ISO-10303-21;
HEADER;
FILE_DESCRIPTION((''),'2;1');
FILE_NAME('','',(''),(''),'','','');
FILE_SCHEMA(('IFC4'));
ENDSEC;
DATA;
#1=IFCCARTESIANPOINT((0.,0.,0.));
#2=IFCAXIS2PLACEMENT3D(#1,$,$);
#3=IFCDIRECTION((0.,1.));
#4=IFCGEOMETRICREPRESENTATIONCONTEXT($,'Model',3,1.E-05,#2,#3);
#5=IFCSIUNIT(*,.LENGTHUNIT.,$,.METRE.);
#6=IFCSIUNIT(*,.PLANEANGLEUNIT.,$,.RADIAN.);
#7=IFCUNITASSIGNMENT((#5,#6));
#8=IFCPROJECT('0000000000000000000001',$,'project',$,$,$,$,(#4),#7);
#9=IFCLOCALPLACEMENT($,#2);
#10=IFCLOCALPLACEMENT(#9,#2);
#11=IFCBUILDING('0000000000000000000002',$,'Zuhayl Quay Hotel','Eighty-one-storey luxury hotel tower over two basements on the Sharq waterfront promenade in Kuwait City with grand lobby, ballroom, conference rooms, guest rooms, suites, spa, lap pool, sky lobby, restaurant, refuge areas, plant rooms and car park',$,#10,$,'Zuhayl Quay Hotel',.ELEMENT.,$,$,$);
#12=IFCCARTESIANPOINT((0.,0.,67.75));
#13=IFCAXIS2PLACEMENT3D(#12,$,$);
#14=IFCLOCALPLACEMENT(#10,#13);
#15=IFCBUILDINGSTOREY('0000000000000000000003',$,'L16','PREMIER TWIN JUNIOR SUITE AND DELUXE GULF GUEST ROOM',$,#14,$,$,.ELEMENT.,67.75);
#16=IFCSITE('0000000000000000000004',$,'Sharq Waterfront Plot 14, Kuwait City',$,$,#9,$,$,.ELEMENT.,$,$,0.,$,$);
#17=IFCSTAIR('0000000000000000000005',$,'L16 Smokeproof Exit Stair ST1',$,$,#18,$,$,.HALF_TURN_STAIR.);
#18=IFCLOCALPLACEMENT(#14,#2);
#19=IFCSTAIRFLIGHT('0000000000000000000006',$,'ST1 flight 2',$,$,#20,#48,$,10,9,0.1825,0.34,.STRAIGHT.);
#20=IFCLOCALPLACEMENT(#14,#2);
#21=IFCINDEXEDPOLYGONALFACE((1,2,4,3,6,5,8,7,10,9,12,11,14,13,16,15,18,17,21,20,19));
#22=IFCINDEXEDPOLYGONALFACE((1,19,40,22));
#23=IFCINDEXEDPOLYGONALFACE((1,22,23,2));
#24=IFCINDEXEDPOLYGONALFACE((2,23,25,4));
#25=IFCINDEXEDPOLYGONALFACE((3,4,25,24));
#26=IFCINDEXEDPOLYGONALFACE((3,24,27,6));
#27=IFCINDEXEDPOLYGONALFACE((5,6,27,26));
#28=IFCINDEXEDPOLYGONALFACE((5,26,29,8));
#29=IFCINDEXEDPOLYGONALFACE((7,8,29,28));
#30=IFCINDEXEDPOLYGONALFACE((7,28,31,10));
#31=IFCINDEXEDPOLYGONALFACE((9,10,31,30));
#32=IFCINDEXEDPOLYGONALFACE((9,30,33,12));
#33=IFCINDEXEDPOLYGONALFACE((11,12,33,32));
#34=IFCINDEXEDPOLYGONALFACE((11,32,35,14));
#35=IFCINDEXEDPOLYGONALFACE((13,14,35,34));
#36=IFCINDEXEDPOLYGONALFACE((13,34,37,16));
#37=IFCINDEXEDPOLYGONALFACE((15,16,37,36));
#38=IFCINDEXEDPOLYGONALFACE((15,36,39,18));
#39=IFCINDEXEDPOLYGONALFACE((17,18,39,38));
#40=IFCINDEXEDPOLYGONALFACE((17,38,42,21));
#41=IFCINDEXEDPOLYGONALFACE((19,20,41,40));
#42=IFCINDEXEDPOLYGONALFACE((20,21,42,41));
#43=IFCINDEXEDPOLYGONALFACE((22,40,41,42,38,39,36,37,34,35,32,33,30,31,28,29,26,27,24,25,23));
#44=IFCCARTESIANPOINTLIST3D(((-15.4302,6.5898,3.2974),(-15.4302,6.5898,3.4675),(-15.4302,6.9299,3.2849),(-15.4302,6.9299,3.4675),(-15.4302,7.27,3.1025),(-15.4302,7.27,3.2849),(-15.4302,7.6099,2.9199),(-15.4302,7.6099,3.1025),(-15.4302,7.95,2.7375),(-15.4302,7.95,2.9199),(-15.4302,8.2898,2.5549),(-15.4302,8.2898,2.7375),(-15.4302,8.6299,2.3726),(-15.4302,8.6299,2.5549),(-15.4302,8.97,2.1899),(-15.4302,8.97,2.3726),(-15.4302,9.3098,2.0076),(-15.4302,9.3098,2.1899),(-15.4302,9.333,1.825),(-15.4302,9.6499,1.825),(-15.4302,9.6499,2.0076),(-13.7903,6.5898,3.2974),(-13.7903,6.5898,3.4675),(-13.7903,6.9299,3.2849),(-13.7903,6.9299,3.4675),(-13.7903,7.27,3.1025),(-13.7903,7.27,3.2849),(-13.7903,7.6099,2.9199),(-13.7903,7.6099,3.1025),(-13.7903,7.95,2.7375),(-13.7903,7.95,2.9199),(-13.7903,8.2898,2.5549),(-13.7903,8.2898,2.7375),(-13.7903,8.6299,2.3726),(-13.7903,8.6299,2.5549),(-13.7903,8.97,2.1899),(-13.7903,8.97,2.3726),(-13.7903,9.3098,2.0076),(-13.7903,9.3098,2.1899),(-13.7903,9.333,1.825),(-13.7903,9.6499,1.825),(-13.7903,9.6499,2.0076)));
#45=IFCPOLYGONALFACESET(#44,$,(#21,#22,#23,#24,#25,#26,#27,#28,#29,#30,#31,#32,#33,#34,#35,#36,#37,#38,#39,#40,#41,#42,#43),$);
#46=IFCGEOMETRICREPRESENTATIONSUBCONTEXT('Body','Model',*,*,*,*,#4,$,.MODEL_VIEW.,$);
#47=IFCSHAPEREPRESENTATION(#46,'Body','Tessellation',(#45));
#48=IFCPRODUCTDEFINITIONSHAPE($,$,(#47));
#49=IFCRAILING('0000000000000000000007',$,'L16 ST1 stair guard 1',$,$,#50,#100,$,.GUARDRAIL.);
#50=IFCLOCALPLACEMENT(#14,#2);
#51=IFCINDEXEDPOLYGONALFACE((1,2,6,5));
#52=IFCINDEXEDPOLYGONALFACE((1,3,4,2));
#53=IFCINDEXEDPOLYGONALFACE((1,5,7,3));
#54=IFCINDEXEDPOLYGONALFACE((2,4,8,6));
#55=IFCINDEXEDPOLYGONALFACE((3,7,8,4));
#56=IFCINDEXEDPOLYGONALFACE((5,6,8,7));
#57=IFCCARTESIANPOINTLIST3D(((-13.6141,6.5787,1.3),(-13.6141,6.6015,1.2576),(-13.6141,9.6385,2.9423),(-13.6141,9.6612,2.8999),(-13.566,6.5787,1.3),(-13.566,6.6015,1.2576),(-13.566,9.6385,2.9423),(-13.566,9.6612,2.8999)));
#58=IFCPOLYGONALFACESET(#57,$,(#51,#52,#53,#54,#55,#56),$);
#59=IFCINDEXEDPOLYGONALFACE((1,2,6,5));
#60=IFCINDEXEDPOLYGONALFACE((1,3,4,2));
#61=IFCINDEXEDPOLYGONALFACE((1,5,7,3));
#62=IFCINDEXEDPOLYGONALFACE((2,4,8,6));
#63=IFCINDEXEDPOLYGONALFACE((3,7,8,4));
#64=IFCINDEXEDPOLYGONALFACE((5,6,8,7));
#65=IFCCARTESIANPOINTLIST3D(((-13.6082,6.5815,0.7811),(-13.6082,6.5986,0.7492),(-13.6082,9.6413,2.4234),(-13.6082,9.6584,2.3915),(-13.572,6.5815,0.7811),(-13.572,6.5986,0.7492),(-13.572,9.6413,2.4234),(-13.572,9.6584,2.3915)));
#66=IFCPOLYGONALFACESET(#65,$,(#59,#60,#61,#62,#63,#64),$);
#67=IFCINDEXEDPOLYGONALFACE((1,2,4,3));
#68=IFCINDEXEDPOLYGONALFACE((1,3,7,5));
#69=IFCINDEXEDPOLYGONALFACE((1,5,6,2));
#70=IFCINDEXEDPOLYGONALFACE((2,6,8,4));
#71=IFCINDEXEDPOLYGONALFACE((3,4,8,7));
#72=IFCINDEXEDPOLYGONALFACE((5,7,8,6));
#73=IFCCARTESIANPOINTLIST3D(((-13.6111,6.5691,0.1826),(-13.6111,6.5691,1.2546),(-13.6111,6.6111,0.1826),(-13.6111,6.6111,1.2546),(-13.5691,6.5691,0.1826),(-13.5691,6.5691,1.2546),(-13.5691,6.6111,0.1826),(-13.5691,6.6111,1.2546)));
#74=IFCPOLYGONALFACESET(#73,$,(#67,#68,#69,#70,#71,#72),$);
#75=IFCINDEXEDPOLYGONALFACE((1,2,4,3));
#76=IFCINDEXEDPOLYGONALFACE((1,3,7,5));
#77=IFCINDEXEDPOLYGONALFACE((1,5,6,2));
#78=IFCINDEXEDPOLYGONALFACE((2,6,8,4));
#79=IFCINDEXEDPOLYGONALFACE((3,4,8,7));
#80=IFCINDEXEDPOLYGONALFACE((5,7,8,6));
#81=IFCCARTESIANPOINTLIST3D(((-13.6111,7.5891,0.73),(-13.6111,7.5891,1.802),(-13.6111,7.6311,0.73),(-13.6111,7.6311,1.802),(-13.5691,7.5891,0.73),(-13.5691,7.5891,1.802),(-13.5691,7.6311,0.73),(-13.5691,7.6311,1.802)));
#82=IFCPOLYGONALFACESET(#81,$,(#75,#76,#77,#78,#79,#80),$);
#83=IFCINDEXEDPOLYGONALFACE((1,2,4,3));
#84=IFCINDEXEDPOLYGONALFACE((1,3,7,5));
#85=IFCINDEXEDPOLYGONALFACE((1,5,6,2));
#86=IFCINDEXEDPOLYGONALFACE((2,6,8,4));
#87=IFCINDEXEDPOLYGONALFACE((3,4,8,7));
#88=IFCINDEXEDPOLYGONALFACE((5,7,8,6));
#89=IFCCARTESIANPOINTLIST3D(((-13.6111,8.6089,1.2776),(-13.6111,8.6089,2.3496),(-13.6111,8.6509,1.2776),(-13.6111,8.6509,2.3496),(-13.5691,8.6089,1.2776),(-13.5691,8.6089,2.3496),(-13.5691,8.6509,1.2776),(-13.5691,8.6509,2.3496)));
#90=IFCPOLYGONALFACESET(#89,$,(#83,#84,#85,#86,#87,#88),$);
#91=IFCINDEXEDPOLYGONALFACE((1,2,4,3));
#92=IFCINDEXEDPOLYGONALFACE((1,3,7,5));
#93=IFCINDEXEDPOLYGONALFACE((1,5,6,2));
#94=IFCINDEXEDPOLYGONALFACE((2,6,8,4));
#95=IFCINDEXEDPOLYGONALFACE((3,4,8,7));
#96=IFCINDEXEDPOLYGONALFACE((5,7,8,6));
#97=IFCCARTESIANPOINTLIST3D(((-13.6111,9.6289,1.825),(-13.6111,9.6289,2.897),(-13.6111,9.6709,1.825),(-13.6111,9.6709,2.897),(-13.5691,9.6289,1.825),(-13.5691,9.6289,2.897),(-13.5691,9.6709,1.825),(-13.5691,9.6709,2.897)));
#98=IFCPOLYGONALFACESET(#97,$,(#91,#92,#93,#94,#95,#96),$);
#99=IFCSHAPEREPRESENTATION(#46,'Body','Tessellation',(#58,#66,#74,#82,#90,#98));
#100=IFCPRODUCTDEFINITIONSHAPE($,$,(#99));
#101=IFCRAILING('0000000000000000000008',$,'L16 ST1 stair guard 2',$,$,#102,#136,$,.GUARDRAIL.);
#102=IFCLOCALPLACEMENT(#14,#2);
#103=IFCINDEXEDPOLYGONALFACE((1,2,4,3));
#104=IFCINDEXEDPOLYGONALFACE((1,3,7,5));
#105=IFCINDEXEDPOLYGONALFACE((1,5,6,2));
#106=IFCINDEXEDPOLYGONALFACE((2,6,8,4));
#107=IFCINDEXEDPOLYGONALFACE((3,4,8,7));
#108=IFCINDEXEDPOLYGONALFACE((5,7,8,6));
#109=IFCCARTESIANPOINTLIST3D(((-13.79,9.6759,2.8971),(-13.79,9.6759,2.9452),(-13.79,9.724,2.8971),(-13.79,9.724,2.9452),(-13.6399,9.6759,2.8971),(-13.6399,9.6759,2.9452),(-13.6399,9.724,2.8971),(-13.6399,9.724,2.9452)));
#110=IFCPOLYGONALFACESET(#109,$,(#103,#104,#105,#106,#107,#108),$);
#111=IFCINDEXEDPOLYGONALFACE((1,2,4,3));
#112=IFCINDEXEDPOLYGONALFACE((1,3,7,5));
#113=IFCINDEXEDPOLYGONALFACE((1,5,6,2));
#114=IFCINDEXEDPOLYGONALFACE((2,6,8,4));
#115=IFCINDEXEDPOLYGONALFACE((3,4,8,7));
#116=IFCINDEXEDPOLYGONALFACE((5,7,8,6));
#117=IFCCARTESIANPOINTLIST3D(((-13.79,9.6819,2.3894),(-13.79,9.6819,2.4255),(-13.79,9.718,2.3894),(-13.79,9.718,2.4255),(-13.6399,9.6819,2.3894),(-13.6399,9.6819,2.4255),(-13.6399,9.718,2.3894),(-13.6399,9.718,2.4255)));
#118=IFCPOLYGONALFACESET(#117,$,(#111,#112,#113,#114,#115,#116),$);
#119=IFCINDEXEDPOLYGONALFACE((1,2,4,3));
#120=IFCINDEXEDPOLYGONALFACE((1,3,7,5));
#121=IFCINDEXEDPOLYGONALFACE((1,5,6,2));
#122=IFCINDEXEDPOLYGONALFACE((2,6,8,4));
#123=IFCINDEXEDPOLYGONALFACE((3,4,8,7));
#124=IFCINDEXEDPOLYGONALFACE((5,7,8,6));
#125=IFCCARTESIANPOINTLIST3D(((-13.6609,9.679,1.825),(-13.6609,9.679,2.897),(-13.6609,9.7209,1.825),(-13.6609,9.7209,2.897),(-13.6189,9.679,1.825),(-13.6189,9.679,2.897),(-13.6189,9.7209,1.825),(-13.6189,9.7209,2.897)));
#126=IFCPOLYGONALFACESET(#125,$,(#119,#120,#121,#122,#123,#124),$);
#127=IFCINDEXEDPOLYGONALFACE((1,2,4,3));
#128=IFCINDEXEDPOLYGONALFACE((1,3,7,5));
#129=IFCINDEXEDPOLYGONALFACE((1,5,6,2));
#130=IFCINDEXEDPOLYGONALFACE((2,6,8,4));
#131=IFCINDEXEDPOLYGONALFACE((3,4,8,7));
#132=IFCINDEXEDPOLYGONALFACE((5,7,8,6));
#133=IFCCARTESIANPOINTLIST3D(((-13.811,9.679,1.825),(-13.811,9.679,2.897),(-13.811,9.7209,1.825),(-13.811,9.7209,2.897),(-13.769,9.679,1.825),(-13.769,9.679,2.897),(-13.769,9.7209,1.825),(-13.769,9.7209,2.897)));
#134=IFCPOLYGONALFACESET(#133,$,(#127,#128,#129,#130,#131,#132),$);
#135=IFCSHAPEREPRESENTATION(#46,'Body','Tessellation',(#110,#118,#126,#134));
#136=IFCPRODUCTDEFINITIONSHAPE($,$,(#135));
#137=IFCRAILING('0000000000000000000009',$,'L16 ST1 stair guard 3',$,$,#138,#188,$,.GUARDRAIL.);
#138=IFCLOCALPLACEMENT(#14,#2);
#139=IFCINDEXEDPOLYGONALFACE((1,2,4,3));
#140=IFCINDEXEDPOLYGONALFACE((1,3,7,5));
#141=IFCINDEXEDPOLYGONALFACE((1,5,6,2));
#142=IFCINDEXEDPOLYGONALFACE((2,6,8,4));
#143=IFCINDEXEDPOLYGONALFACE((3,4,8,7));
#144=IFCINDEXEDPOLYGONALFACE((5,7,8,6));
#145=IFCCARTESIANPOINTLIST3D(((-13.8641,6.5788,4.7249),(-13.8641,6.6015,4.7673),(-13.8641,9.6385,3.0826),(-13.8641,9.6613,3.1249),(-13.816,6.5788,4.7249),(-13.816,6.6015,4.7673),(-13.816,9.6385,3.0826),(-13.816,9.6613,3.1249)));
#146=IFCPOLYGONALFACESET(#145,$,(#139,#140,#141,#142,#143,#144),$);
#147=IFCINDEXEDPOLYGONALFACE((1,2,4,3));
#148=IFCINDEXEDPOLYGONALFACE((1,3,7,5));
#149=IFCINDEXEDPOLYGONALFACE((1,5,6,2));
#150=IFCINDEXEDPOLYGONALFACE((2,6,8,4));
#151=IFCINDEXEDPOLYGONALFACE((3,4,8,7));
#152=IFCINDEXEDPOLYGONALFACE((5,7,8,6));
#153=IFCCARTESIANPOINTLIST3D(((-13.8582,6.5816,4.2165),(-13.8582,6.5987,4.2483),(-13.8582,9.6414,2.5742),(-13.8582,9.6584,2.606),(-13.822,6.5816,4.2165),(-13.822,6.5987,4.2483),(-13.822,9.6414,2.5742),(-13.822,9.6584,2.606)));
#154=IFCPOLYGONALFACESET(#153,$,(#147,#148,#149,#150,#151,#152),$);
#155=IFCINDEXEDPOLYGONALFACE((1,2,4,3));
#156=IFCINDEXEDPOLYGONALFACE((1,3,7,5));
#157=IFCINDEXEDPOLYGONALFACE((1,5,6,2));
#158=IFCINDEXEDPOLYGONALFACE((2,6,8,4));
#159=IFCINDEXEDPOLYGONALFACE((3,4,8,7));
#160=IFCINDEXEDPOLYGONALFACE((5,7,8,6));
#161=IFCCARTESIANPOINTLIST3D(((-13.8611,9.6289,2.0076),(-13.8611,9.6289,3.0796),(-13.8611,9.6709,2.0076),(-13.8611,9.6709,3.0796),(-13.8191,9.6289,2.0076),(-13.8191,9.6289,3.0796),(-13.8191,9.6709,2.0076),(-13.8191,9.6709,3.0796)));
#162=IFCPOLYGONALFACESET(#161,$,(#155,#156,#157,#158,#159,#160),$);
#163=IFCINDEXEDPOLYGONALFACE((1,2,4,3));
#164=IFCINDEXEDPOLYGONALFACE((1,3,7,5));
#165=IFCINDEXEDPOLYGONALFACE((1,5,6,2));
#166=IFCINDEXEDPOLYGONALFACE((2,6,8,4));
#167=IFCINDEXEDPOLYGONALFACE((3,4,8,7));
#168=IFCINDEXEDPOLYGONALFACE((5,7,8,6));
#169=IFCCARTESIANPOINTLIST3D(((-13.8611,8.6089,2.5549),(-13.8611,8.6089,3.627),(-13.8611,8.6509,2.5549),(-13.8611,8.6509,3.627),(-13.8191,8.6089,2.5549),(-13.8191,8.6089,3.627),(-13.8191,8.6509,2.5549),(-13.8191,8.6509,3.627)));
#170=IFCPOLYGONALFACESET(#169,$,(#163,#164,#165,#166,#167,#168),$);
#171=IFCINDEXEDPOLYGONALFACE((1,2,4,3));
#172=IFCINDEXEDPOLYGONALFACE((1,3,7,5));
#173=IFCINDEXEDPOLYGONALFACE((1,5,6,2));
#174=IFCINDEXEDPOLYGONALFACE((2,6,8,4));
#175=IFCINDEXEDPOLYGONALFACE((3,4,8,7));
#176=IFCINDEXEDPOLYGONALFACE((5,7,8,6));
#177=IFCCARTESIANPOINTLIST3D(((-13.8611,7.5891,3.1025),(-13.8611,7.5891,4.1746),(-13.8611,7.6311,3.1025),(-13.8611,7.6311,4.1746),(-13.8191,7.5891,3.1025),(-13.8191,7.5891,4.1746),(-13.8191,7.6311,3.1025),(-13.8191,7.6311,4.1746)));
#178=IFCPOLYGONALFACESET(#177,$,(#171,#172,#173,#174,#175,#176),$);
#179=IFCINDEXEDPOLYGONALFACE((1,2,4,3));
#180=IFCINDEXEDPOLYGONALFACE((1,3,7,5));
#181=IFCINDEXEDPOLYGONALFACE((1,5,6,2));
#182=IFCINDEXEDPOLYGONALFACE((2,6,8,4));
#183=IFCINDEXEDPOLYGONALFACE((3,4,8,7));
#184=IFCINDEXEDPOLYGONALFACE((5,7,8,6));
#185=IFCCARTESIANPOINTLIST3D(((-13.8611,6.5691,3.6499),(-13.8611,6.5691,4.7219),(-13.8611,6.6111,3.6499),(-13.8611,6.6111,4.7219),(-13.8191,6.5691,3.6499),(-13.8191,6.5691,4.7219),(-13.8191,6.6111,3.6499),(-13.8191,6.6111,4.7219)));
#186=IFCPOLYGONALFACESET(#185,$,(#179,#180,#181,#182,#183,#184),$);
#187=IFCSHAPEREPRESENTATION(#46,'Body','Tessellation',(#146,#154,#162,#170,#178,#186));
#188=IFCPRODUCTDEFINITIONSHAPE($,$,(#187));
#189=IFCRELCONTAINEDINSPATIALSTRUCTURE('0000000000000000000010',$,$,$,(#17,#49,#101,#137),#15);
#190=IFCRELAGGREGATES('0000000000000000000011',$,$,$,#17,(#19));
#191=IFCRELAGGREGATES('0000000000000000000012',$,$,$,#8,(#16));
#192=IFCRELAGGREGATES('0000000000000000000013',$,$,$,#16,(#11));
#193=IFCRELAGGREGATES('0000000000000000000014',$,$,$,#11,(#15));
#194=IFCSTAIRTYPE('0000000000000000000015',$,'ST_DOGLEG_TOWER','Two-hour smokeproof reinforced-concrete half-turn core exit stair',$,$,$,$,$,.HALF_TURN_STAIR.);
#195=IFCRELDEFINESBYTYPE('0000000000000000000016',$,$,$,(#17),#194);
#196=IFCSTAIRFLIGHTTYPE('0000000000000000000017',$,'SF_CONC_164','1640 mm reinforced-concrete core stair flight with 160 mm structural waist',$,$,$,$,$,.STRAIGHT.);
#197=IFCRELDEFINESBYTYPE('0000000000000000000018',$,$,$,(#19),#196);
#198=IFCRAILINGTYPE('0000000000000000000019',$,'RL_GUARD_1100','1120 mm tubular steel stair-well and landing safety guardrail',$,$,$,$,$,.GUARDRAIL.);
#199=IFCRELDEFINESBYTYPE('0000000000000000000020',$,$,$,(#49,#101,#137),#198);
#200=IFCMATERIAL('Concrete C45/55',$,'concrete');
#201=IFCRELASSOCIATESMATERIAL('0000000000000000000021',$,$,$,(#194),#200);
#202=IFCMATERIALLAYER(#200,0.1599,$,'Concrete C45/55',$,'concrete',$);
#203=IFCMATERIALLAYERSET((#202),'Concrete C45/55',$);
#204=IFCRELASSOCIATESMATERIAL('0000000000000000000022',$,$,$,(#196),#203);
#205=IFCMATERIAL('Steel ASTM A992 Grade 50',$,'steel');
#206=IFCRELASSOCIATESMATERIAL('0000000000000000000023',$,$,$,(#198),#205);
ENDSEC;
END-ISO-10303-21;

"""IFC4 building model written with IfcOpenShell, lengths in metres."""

from ifc_helpers import new_model, si_unit, direction, frame, origin, origin_2d, place, context, subcontext, project, spatial, polyline, rectangle, outline, extrude, material, layer, layer_set, type_object, element, aggregate, save


model = new_model("IFC4")

# Units and contexts
model_context = context("Model", 3, precision=1e-05, world=origin(), true_north=direction((0.0, 1.0)))
body_context = subcontext(model_context, "Body", "Model", "MODEL_VIEW")
ifc_project = project(units=[si_unit("LENGTHUNIT", "METRE"), si_unit("PLANEANGLEUNIT", "RADIAN")], contexts=[model_context])

# Site, building, storey
site_placement = place(None, origin())
site = spatial("IfcSite", under=ifc_project, at=site_placement, Name="Sharq Waterfront Plot 14, Kuwait City", CompositionType="ELEMENT", RefElevation=0.0)
building_placement = place(site_placement, origin())
building = spatial("IfcBuilding", under=site, at=building_placement, Name="Zuhayl Quay Hotel", Description="Eighty-one-storey luxury hotel tower over two basements on the Sharq waterfront promenade in Kuwait City with grand lobby, ballroom, conference rooms, guest rooms, suites, spa, lap pool, sky lobby, restaurant, refuge areas, plant rooms and car park", LongName="Zuhayl Quay Hotel", CompositionType="ELEMENT")
storey_placement = place(building_placement, frame((0.0, 0.0, 67.75)))
storey = spatial("IfcBuildingStorey", under=building, at=storey_placement, Name="L16", Description="PREMIER TWIN JUNIOR SUITE AND DELUXE GULF GUEST ROOM", CompositionType="ELEMENT", Elevation=67.75)

# Shared definitions
ifc_material_1 = material(Name="Steel ASTM A992 Grade 50", Category="steel")

# Stair, stair flight
ifc_material_2 = material(Name="Concrete C45/55", Category="concrete")
stair_type = type_object("IfcStairType", Name="ST_DOGLEG_TOWER", Description="Two-hour smokeproof reinforced-concrete half-turn core exit stair", PredefinedType="HALF_TURN_STAIR", material=ifc_material_2)
stair_placement = place(storey_placement, origin())
stair = element("IfcStair", 1, at=stair_placement, inside=storey, type_object=stair_type, Name="L16 Smokeproof Exit Stair ST1", PredefinedType="HALF_TURN_STAIR")
ifc_layer_1 = layer(ifc_material_2, 0.1599, Name="Concrete C45/55", Category="concrete")
ifc_layer_set_1 = layer_set([ifc_layer_1], Name="Concrete C45/55")
stair_flight_type = type_object("IfcStairFlightType", Name="SF_CONC_164", Description="1640 mm reinforced-concrete core stair flight with 160 mm structural waist", PredefinedType="STRAIGHT", material=ifc_layer_set_1)
stair_flight_placement = place(storey_placement, frame((-14.6101, 9.6499, 1.825), z_axis=(0.0, 0.0, 1.0), x_axis=(0.0, -1.0, 0.0)))
stair_flight = element("IfcStairFlight", 2, at=stair_flight_placement, type_object=stair_flight_type, Name="ST1 flight 2", NumberOfRisers=10, NumberOfTreads=9, PredefinedType="STRAIGHT", RiserHeight=0.1825, TreadLength=0.34, context=body_context, shape_type="SweptSolid", body=[
    extrude(outline(polyline([(0.0, 0.0), (0.0, 0.1826), (0.3401, 0.1826), (0.3401, 0.365), (0.6799, 0.365), (0.6799, 0.5476), (1.02, 0.5476), (1.02, 0.73), (1.3601, 0.73), (1.3601, 0.9126), (1.7, 0.9126), (1.7, 1.095), (2.04, 1.095), (2.04, 1.2776), (2.3799, 1.2776), (2.3799, 1.46), (2.72, 1.46), (2.72, 1.6426), (3.0601, 1.6426), (3.0601, 1.825), (3.0601, 1.4724), (0.3169, 0.0), (0.0, 0.0)])), frame((0.0, 0.8198, 0.0), z_axis=(0.0, -1.0, 0.0), x_axis=(1.0, 0.0, 0.0)), (0.0, 0.0, 1.0), 1.6399),
])
aggregate(stair, [stair_flight])

# Railings
railing_type_1 = type_object("IfcRailingType", Name="RL_GUARD_1100", Description="1120 mm tubular steel stair-well and landing safety guardrail", PredefinedType="GUARDRAIL", material=ifc_material_1)
railing_1_placement = place(storey_placement, frame((-13.5901, 6.5901, 0.1826)))
element("IfcRailing", 3, at=railing_1_placement, inside=storey, type_object=railing_type_1, Name="L16 ST1 stair guard 1", PredefinedType="GUARDRAIL", context=body_context, shape_type="SweptSolid", body=[
    extrude(rectangle(XDim=0.0481, YDim=0.0481, at=origin_2d()), frame((0.0, 0.0, 1.0962), z_axis=(0.0, 0.881102, 0.472926), x_axis=(-1.0, 0.0, 0.0)), (0.0, 0.0, 1.0), 3.4727),
    extrude(rectangle(XDim=0.0361, YDim=0.0361, at=origin_2d()), frame((0.0, 0.0, 0.5825), z_axis=(0.0, 0.881102, 0.472926), x_axis=(-1.0, 0.0, 0.0)), (0.0, 0.0, 1.0), 3.4727),
    extrude(rectangle(XDim=0.042, YDim=0.042, at=origin_2d()), origin(), (0.0, 0.0, 1.0), 1.072),
    extrude(rectangle(XDim=0.042, YDim=0.042, at=origin_2d()), frame((0.0, 1.02, 0.5474)), (0.0, 0.0, 1.0), 1.072),
    extrude(rectangle(XDim=0.042, YDim=0.042, at=origin_2d()), frame((0.0, 2.0398, 1.095)), (0.0, 0.0, 1.0), 1.072),
    extrude(rectangle(XDim=0.042, YDim=0.042, at=origin_2d()), frame((0.0, 3.0598, 1.6423)), (0.0, 0.0, 1.0), 1.072),
])
railing_2_placement = place(storey_placement, frame((-13.6399, 9.7, 1.825)))
element("IfcRailing", 4, at=railing_2_placement, inside=storey, type_object=railing_type_1, Name="L16 ST1 stair guard 2", PredefinedType="GUARDRAIL", context=body_context, shape_type="SweptSolid", body=[
    extrude(rectangle(XDim=0.0481, YDim=0.0481, at=origin_2d()), frame((0.0, 0.0, 1.0962), z_axis=(-1.0, 0.0, 0.0), x_axis=(0.0, -1.0, 0.0)), (0.0, 0.0, 1.0), 0.1501),
    extrude(rectangle(XDim=0.0361, YDim=0.0361, at=origin_2d()), frame((0.0, 0.0, 0.5825), z_axis=(-1.0, 0.0, 0.0), x_axis=(0.0, -1.0, 0.0)), (0.0, 0.0, 1.0), 0.1501),
    extrude(rectangle(XDim=0.042, YDim=0.042, at=origin_2d()), origin(), (0.0, 0.0, 1.0), 1.072),
    extrude(rectangle(XDim=0.042, YDim=0.042, at=origin_2d()), frame((-0.1501, 0.0, 0.0)), (0.0, 0.0, 1.0), 1.072),
])
railing_3_placement = place(storey_placement, frame((-13.8401, 9.6499, 2.0076)))
element("IfcRailing", 5, at=railing_3_placement, inside=storey, type_object=railing_type_1, Name="L16 ST1 stair guard 3", PredefinedType="GUARDRAIL", context=body_context, shape_type="SweptSolid", body=[
    extrude(rectangle(XDim=0.0481, YDim=0.0481, at=origin_2d()), frame((0.0, 0.0, 1.0962), z_axis=(0.0, -0.881102, 0.472926), x_axis=(1.0, 0.0, 0.0)), (0.0, 0.0, 1.0), 3.4727),
    extrude(rectangle(XDim=0.0361, YDim=0.0361, at=origin_2d()), frame((0.0, 0.0, 0.5825), z_axis=(0.0, -0.881102, 0.472926), x_axis=(1.0, 0.0, 0.0)), (0.0, 0.0, 1.0), 3.4727),
    extrude(rectangle(XDim=0.042, YDim=0.042, at=origin_2d()), origin(), (0.0, 0.0, 1.0), 1.072),
    extrude(rectangle(XDim=0.042, YDim=0.042, at=origin_2d()), frame((0.0, -1.02, 0.5474)), (0.0, 0.0, 1.0), 1.072),
    extrude(rectangle(XDim=0.042, YDim=0.042, at=origin_2d()), frame((0.0, -2.0398, 1.095)), (0.0, 0.0, 1.0), 1.072),
    extrude(rectangle(XDim=0.042, YDim=0.042, at=origin_2d()), frame((0.0, -3.0598, 1.6423)), (0.0, 0.0, 1.0), 1.072),
])

save(model, "model.ifc")
